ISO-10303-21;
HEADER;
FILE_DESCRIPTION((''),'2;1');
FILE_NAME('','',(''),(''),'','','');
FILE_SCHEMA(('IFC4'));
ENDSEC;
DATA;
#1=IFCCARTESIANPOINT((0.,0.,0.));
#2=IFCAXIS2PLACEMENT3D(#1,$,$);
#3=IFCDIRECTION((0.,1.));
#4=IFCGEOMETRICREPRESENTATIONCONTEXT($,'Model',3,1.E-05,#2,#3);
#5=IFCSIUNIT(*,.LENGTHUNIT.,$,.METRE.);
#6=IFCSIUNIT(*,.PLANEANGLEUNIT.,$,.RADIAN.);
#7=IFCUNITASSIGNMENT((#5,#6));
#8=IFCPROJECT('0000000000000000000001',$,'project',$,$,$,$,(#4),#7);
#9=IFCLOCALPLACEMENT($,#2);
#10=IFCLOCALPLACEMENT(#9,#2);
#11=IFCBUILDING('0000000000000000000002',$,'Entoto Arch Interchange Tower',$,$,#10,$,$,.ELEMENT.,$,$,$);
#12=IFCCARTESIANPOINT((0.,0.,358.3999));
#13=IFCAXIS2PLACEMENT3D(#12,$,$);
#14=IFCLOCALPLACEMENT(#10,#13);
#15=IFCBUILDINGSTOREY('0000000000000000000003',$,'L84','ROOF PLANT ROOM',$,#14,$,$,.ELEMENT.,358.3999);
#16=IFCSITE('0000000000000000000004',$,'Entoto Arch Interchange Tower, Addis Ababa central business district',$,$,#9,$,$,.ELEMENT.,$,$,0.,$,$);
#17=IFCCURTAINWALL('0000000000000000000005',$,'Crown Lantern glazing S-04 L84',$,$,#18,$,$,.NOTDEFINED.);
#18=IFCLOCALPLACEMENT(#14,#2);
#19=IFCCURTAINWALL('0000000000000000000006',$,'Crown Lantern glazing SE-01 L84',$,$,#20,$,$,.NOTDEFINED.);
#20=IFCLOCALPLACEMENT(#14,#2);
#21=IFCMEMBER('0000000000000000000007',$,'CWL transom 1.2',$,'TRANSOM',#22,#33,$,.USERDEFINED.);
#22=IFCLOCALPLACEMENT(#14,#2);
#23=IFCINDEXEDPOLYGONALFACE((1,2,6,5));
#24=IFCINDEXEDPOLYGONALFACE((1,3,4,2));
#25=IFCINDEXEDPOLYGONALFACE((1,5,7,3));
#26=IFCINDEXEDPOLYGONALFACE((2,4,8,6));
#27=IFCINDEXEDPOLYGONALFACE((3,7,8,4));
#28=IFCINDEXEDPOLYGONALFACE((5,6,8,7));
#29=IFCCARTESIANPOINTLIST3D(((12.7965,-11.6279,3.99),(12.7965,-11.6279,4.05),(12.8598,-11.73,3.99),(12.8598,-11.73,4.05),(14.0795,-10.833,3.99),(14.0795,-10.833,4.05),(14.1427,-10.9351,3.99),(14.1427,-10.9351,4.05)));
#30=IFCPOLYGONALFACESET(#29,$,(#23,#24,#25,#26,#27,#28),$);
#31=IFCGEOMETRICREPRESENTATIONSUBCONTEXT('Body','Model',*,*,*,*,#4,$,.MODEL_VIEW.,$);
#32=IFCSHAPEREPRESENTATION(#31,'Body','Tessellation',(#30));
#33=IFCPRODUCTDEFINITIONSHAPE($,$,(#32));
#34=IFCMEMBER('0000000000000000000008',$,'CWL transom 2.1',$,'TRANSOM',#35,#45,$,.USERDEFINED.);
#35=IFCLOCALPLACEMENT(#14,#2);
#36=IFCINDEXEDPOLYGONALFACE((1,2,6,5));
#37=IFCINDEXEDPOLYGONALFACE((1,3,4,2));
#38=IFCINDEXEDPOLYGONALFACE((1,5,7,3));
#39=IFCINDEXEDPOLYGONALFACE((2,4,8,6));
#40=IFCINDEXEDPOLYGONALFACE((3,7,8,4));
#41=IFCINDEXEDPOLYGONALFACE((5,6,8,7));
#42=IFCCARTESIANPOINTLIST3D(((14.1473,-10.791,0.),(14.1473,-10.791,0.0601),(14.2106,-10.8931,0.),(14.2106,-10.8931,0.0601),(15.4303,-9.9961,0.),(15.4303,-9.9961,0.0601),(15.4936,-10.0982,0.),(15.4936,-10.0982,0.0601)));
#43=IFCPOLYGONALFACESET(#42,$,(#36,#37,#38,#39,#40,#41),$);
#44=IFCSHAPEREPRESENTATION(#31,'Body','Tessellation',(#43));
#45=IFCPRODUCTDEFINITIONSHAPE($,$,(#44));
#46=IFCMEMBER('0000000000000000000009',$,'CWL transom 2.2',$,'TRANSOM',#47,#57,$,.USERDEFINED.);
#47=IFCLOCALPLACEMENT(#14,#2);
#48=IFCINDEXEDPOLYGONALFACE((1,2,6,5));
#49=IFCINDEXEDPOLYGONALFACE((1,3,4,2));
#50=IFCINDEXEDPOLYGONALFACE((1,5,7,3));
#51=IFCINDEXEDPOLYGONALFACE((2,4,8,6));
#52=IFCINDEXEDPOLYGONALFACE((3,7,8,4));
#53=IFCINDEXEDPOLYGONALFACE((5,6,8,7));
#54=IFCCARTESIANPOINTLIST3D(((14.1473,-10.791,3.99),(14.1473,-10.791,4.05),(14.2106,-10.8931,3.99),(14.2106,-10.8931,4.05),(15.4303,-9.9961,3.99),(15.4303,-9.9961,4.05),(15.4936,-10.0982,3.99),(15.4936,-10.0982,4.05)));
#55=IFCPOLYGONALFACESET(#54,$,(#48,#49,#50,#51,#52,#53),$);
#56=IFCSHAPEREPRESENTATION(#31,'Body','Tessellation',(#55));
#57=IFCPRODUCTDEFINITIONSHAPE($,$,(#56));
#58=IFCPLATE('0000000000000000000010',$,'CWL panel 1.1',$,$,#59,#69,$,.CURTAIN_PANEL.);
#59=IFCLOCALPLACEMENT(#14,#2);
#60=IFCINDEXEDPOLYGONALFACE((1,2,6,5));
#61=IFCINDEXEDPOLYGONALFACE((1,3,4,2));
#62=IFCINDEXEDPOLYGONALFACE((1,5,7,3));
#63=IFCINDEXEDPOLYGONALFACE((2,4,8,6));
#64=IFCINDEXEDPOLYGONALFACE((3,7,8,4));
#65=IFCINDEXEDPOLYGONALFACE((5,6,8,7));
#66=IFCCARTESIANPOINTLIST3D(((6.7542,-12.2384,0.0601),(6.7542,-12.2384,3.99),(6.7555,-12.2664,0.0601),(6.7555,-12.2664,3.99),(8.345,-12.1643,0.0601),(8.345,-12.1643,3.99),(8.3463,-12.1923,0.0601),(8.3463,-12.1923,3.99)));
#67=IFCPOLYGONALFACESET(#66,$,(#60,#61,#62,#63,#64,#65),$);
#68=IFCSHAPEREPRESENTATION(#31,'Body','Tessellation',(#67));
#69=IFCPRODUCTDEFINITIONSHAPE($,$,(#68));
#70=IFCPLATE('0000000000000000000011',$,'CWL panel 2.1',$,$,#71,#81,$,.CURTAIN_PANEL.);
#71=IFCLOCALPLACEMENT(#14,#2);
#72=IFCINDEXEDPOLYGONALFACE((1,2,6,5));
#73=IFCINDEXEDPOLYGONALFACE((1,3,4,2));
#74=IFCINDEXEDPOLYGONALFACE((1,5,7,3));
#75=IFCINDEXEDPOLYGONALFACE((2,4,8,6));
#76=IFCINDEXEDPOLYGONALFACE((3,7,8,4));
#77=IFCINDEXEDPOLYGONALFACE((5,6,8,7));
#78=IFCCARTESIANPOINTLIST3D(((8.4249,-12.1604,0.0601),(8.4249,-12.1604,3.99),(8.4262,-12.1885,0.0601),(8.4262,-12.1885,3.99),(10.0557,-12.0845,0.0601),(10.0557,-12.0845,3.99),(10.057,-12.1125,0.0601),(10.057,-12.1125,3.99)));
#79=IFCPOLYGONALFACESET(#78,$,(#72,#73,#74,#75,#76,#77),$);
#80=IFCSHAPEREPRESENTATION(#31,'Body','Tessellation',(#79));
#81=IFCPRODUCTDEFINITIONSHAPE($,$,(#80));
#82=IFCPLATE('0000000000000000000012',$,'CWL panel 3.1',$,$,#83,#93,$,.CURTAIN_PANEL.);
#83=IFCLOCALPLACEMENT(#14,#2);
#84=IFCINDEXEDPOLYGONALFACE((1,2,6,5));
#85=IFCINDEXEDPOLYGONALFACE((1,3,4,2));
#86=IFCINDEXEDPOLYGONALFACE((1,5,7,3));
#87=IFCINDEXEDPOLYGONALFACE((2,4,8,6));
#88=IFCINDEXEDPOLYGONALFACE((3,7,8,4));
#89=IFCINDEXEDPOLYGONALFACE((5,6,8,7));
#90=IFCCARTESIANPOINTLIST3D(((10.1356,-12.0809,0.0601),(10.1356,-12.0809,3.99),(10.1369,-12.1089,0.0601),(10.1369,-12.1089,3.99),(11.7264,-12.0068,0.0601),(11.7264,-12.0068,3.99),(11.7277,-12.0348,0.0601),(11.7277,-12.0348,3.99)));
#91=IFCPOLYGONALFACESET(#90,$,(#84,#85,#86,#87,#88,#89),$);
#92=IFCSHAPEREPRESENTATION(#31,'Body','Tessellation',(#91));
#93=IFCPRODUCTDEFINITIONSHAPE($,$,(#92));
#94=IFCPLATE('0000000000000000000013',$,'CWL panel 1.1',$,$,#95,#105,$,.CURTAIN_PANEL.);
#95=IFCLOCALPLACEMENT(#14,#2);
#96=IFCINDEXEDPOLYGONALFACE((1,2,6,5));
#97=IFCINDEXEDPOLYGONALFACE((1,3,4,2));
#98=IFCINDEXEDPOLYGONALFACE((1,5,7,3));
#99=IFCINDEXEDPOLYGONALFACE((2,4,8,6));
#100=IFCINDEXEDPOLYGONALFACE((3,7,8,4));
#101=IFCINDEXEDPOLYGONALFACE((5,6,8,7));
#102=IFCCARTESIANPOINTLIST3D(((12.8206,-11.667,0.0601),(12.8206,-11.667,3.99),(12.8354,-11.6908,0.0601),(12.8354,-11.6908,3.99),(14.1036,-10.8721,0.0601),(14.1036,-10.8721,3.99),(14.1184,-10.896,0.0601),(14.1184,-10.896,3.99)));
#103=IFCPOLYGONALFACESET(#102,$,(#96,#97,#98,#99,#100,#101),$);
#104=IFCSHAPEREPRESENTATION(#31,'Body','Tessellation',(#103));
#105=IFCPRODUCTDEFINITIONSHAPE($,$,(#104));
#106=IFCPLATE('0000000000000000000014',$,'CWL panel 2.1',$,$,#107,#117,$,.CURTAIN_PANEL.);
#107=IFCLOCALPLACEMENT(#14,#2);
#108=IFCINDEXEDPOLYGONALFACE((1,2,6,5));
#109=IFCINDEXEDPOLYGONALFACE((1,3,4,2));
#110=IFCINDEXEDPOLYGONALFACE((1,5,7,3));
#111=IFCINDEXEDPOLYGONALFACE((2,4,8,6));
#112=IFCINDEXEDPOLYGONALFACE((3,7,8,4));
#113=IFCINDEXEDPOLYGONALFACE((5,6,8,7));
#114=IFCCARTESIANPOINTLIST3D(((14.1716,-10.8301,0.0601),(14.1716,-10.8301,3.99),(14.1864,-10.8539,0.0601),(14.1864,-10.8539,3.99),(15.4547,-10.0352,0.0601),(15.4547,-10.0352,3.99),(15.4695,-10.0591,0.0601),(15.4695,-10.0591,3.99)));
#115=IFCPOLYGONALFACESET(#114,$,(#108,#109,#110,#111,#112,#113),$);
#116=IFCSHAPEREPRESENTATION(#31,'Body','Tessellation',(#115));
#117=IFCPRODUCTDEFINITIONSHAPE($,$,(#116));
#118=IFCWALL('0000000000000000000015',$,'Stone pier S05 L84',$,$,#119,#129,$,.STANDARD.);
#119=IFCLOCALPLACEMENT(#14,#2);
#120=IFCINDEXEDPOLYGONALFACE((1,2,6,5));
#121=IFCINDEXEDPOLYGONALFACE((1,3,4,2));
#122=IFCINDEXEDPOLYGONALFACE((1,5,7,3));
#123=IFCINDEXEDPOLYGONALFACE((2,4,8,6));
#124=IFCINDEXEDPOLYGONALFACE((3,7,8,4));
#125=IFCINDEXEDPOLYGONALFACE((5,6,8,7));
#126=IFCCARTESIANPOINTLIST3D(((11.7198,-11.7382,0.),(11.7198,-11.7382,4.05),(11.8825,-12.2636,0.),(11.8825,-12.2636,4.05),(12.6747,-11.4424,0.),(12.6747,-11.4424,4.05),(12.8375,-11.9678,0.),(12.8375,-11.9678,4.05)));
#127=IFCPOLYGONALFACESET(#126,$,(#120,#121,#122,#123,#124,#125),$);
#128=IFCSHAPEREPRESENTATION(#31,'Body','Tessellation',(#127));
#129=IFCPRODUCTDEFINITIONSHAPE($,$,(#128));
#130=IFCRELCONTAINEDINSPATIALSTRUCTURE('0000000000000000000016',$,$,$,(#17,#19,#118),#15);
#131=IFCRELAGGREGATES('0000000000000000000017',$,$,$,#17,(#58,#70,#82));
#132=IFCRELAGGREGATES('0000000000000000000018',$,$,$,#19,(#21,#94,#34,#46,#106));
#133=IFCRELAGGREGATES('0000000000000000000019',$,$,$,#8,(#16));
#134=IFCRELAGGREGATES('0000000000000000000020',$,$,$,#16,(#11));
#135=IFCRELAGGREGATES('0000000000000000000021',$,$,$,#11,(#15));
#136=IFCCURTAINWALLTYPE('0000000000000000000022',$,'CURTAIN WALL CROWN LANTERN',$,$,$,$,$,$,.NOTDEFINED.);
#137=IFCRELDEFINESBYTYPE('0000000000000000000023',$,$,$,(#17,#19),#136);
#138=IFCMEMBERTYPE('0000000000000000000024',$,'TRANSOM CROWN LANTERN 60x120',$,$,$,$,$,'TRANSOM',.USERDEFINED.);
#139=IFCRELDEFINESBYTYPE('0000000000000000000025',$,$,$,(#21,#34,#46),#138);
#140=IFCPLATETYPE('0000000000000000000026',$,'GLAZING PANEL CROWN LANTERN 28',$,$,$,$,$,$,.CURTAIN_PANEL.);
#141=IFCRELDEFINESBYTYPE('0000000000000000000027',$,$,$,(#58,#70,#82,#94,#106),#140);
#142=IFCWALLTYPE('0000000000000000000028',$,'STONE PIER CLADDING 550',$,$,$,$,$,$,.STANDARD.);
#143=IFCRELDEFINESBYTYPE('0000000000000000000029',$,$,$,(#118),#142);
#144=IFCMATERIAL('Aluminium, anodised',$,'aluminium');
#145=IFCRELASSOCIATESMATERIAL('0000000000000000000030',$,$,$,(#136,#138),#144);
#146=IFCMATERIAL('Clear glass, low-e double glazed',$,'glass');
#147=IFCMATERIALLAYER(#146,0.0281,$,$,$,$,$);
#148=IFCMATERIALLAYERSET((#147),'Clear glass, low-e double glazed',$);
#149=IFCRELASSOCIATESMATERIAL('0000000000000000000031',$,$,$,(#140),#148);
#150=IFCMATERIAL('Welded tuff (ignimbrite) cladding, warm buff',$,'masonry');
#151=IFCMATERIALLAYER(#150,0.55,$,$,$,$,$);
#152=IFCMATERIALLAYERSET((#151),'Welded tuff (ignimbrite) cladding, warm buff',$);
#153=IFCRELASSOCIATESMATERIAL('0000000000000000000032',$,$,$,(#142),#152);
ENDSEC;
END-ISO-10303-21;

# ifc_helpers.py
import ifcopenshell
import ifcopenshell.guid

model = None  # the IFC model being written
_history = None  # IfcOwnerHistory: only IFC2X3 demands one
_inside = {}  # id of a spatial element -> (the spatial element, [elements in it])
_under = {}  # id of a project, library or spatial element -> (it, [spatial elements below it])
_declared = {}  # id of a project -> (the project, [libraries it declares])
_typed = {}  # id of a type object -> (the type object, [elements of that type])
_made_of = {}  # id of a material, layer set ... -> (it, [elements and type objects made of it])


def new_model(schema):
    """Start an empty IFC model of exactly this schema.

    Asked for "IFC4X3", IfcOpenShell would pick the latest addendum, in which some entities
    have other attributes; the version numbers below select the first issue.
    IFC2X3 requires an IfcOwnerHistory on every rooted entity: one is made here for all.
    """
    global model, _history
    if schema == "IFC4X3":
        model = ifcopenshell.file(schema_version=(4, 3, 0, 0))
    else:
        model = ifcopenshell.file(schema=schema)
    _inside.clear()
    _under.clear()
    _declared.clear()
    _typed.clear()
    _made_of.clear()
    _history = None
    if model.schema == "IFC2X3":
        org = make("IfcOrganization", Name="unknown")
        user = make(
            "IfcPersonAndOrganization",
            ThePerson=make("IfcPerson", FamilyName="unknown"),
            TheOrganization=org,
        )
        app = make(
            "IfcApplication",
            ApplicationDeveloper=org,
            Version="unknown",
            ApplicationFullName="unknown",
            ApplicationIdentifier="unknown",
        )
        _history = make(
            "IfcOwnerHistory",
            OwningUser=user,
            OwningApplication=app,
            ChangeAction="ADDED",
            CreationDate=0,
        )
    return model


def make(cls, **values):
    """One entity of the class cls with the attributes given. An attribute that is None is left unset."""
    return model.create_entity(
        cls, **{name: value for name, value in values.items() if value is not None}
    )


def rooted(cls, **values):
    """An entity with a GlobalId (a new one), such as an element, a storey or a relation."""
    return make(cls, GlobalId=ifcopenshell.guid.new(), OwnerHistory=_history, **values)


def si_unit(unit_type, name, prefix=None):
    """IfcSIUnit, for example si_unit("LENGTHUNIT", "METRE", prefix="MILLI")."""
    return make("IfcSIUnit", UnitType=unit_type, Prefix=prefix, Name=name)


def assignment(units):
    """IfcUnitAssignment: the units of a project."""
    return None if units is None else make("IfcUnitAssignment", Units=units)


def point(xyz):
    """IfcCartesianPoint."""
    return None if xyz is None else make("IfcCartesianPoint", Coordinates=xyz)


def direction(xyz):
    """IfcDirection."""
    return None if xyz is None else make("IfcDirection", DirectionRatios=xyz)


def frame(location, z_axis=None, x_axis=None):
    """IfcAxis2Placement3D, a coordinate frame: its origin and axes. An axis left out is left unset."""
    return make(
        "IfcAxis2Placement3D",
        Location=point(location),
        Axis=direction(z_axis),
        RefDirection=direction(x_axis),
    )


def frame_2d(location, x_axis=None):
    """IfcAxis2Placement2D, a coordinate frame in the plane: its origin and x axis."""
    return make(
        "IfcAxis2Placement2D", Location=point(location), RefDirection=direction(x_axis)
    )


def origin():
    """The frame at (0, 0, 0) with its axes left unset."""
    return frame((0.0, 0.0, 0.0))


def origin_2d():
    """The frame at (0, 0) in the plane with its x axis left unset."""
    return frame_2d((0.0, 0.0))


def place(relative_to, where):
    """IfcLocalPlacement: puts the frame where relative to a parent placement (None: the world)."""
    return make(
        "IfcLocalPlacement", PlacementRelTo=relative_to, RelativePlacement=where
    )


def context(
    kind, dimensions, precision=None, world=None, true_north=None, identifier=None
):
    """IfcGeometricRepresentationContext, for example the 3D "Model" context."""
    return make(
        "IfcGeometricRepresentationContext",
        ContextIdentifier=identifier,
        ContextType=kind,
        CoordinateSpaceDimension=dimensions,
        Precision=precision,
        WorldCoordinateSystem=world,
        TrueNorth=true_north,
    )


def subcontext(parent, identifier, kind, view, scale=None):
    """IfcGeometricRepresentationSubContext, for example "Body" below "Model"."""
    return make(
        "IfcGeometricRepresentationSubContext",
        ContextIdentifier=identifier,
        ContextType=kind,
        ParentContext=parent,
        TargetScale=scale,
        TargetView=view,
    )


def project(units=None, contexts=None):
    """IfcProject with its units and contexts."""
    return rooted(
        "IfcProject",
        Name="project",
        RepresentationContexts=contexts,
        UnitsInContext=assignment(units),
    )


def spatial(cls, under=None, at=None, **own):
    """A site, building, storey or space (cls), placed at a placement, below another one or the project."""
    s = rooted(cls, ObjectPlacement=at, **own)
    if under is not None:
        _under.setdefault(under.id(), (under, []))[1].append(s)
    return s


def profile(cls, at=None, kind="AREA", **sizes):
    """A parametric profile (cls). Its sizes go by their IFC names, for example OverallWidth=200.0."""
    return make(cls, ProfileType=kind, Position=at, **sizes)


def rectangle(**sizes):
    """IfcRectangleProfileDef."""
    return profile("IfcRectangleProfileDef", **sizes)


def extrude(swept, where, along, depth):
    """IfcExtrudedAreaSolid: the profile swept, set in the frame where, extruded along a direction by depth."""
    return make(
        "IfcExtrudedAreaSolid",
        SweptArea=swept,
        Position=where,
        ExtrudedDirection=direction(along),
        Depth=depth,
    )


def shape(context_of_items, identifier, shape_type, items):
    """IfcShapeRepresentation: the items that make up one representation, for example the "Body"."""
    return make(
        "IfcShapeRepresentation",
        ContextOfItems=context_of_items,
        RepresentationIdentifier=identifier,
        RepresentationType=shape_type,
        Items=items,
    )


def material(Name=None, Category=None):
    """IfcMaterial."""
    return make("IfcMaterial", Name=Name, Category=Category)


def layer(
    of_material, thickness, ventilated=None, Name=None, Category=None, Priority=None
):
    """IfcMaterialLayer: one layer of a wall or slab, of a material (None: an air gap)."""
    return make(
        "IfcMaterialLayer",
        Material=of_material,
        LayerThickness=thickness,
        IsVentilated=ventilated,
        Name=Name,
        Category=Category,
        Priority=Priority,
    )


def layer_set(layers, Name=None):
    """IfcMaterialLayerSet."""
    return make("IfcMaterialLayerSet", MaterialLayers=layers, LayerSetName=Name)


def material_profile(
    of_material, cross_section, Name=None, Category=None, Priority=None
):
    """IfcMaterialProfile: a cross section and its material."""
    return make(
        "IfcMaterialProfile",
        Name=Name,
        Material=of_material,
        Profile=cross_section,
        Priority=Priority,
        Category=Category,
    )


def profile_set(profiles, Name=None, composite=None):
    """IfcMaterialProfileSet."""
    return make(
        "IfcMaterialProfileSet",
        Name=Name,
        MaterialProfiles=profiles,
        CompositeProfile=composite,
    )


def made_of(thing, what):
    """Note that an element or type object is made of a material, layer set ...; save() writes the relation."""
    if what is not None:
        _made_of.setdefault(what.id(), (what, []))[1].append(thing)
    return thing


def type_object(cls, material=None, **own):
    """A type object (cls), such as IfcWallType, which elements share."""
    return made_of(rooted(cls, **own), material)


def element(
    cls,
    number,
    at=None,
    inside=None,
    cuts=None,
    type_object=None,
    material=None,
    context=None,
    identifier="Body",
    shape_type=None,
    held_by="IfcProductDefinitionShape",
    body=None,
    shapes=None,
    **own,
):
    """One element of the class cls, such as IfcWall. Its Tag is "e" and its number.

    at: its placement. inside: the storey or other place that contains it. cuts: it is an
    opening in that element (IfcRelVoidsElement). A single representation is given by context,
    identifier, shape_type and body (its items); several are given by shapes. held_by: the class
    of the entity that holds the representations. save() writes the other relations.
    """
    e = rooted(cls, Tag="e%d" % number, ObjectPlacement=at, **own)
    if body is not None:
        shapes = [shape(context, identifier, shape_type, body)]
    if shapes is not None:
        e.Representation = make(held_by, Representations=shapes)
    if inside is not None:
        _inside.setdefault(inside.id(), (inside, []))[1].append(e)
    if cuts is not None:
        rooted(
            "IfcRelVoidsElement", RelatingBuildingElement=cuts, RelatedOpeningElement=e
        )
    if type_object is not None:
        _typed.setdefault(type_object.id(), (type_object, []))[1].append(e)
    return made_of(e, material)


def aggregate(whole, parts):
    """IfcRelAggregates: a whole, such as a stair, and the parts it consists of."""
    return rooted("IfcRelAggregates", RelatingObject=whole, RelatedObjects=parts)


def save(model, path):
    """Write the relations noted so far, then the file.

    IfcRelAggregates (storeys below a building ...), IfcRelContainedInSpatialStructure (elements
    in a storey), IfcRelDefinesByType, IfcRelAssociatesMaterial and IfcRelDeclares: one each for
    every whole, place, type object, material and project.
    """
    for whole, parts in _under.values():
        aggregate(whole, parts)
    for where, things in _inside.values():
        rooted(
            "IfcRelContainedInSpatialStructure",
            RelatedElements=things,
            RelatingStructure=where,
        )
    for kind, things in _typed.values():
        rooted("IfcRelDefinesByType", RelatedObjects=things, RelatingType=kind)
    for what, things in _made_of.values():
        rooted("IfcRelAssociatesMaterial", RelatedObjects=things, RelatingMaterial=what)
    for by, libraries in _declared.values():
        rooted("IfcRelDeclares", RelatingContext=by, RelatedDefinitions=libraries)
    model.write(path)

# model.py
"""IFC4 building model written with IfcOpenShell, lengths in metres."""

from ifc_helpers import new_model, si_unit, direction, frame, frame_2d, origin, origin_2d, place, context, subcontext, project, spatial, rectangle, extrude, material, layer, layer_set, material_profile, profile_set, type_object, element, aggregate, save


model = new_model("IFC4")

# Units and contexts
model_context = context("Model", 3, precision=1e-05, world=origin(), true_north=direction((0.0, 1.0)))
body_context = subcontext(model_context, "Body", "Model", "MODEL_VIEW")
ifc_project = project(units=[si_unit("LENGTHUNIT", "METRE"), si_unit("PLANEANGLEUNIT", "RADIAN")], contexts=[model_context])

# Site, building, storey
site_placement = place(None, origin())
site = spatial("IfcSite", under=ifc_project, at=site_placement, Name="Entoto Arch Interchange Tower, Addis Ababa central business district", CompositionType="ELEMENT", RefElevation=0.0)
building_placement = place(site_placement, origin())
building = spatial("IfcBuilding", under=site, at=building_placement, Name="Entoto Arch Interchange Tower", CompositionType="ELEMENT")
storey_placement = place(building_placement, frame((0.0, 0.0, 358.3999)))
storey = spatial("IfcBuildingStorey", under=building, at=storey_placement, Name="L84", Description="ROOF PLANT ROOM", CompositionType="ELEMENT", Elevation=358.3999)

# Curtain walls
ifc_material_1 = material(Name="Aluminium, anodised", Category="aluminium")
curtain_wall_type = type_object("IfcCurtainWallType", Name="CURTAIN WALL CROWN LANTERN", PredefinedType="NOTDEFINED", material=ifc_material_1)
curtain_wall_1_placement = place(storey_placement, origin())
curtain_wall_1 = element("IfcCurtainWall", 1, at=curtain_wall_1_placement, inside=storey, type_object=curtain_wall_type, Name="Crown Lantern glazing S-04 L84", PredefinedType="NOTDEFINED")
curtain_wall_2_placement = place(storey_placement, origin())
curtain_wall_2 = element("IfcCurtainWall", 2, at=curtain_wall_2_placement, inside=storey, type_object=curtain_wall_type, Name="Crown Lantern glazing SE-01 L84", PredefinedType="NOTDEFINED")

# Members
ifc_material_profile_1 = material_profile(ifc_material_1, rectangle(XDim=0.1201, YDim=0.0601, at=origin_2d()))
ifc_profile_set_1 = profile_set([ifc_material_profile_1], Name="Aluminium, anodised")
member_type_1 = type_object("IfcMemberType", Name="TRANSOM CROWN LANTERN 60x120", ElementType="TRANSOM", PredefinedType="USERDEFINED", material=ifc_profile_set_1)
member_1_placement = place(storey_placement, frame((12.8281, -11.679, 4.02), z_axis=(0.850055, 0.526694, 0.0), x_axis=(-0.526694, 0.850055, 0.0)))
member_1 = element("IfcMember", 3, at=member_1_placement, type_object=member_type_1, Name="CWL transom 1.2", ObjectType="TRANSOM", PredefinedType="USERDEFINED", context=body_context, shape_type="SweptSolid", body=[
    extrude(rectangle(XDim=0.1201, YDim=0.0601, at=origin_2d()), origin(), (0.0, 0.0, 1.0), 1.5093),
])
member_2_placement = place(storey_placement, frame((14.179, -10.842, 0.03), z_axis=(0.850055, 0.526694, 0.0), x_axis=(-0.526694, 0.850055, 0.0)))
member_2 = element("IfcMember", 4, at=member_2_placement, type_object=member_type_1, Name="CWL transom 2.1", ObjectType="TRANSOM", PredefinedType="USERDEFINED", context=body_context, shape_type="SweptSolid", body=[
    extrude(rectangle(XDim=0.1201, YDim=0.0601, at=origin_2d()), origin(), (0.0, 0.0, 1.0), 1.5093),
])
member_3_placement = place(storey_placement, frame((14.179, -10.842, 4.02), z_axis=(0.850055, 0.526694, 0.0), x_axis=(-0.526694, 0.850055, 0.0)))
member_3 = element("IfcMember", 5, at=member_3_placement, type_object=member_type_1, Name="CWL transom 2.2", ObjectType="TRANSOM", PredefinedType="USERDEFINED", context=body_context, shape_type="SweptSolid", body=[
    extrude(rectangle(XDim=0.1201, YDim=0.0601, at=origin_2d()), origin(), (0.0, 0.0, 1.0), 1.5093),
])

# Plates
ifc_material_2 = material(Name="Clear glass, low-e double glazed", Category="glass")
ifc_layer_1 = layer(ifc_material_2, 0.0281)
ifc_layer_set_1 = layer_set([ifc_layer_1], Name="Clear glass, low-e double glazed")
plate_type = type_object("IfcPlateType", Name="GLAZING PANEL CROWN LANTERN 28", PredefinedType="CURTAIN_PANEL", material=ifc_layer_set_1)
plate_1_placement = place(storey_placement, frame((7.5503, -12.2153, 0.0601), z_axis=(0.0, 0.0, 1.0), x_axis=(0.998917, 0.04652, 0.0)))
plate_1 = element("IfcPlate", 6, at=plate_1_placement, type_object=plate_type, Name="CWL panel 1.1", PredefinedType="CURTAIN_PANEL", context=body_context, shape_type="SweptSolid", body=[
    extrude(rectangle(XDim=1.5925, YDim=0.0281, at=origin_2d()), origin(), (0.0, 0.0, 1.0), 3.9299),
])
plate_2_placement = place(storey_placement, frame((9.241, -12.1365, 0.0601), z_axis=(0.0, 0.0, 1.0), x_axis=(0.998917, 0.04652, 0.0)))
plate_2 = element("IfcPlate", 7, at=plate_2_placement, type_object=plate_type, Name="CWL panel 2.1", PredefinedType="CURTAIN_PANEL", context=body_context, shape_type="SweptSolid", body=[
    extrude(rectangle(XDim=1.6326, YDim=0.0281, at=origin_2d()), origin(), (0.0, 0.0, 1.0), 3.9299),
])
plate_3_placement = place(storey_placement, frame((10.9316, -12.0579, 0.0601), z_axis=(0.0, 0.0, 1.0), x_axis=(0.998917, 0.04652, 0.0)))
plate_3 = element("IfcPlate", 8, at=plate_3_placement, type_object=plate_type, Name="CWL panel 3.1", PredefinedType="CURTAIN_PANEL", context=body_context, shape_type="SweptSolid", body=[
    extrude(rectangle(XDim=1.5925, YDim=0.0281, at=origin_2d()), origin(), (0.0, 0.0, 1.0), 3.9299),
])
aggregate(curtain_wall_1, [plate_1, plate_2, plate_3])
plate_4_placement = place(storey_placement, frame((13.4695, -11.2815, 0.0601), z_axis=(0.0, 0.0, 1.0), x_axis=(0.850095, 0.526629, 0.0)))
plate_4 = element("IfcPlate", 9, at=plate_4_placement, type_object=plate_type, Name="CWL panel 1.1", PredefinedType="CURTAIN_PANEL", context=body_context, shape_type="SweptSolid", body=[
    extrude(rectangle(XDim=1.5093, YDim=0.0281, at=origin_2d()), origin(), (0.0, 0.0, 1.0), 3.9299),
])
plate_5_placement = place(storey_placement, frame((14.8206, -10.4446, 0.0601), z_axis=(0.0, 0.0, 1.0), x_axis=(0.850095, 0.526629, 0.0)))
plate_5 = element("IfcPlate", 10, at=plate_5_placement, type_object=plate_type, Name="CWL panel 2.1", PredefinedType="CURTAIN_PANEL", context=body_context, shape_type="SweptSolid", body=[
    extrude(rectangle(XDim=1.5093, YDim=0.0281, at=origin_2d()), origin(), (0.0, 0.0, 1.0), 3.9299),
])
aggregate(curtain_wall_2, [member_1, plate_4, member_2, member_3, plate_5])

# Wall
ifc_material_3 = material(Name="Welded tuff (ignimbrite) cladding, warm buff", Category="masonry")
ifc_layer_2 = layer(ifc_material_3, 0.55)
ifc_layer_set_2 = layer_set([ifc_layer_2], Name="Welded tuff (ignimbrite) cladding, warm buff")
wall_type = type_object("IfcWallType", Name="STONE PIER CLADDING 550", PredefinedType="STANDARD", material=ifc_layer_set_2)
wall_placement = place(storey_placement, frame((11.801, -12.001, 0.0), z_axis=(0.0, 0.0, 1.0), x_axis=(0.955207, 0.295938, 0.0)))
element("IfcWall", 11, at=wall_placement, inside=storey, type_object=wall_type, Name="Stone pier S05 L84", PredefinedType="STANDARD", context=body_context, shape_type="SweptSolid", body=[
    extrude(rectangle(XDim=0.9998, YDim=0.55, at=frame_2d((0.5, 0.0))), origin(), (0.0, 0.0, 1.0), 4.05),
])

save(model, "model.ifc")
